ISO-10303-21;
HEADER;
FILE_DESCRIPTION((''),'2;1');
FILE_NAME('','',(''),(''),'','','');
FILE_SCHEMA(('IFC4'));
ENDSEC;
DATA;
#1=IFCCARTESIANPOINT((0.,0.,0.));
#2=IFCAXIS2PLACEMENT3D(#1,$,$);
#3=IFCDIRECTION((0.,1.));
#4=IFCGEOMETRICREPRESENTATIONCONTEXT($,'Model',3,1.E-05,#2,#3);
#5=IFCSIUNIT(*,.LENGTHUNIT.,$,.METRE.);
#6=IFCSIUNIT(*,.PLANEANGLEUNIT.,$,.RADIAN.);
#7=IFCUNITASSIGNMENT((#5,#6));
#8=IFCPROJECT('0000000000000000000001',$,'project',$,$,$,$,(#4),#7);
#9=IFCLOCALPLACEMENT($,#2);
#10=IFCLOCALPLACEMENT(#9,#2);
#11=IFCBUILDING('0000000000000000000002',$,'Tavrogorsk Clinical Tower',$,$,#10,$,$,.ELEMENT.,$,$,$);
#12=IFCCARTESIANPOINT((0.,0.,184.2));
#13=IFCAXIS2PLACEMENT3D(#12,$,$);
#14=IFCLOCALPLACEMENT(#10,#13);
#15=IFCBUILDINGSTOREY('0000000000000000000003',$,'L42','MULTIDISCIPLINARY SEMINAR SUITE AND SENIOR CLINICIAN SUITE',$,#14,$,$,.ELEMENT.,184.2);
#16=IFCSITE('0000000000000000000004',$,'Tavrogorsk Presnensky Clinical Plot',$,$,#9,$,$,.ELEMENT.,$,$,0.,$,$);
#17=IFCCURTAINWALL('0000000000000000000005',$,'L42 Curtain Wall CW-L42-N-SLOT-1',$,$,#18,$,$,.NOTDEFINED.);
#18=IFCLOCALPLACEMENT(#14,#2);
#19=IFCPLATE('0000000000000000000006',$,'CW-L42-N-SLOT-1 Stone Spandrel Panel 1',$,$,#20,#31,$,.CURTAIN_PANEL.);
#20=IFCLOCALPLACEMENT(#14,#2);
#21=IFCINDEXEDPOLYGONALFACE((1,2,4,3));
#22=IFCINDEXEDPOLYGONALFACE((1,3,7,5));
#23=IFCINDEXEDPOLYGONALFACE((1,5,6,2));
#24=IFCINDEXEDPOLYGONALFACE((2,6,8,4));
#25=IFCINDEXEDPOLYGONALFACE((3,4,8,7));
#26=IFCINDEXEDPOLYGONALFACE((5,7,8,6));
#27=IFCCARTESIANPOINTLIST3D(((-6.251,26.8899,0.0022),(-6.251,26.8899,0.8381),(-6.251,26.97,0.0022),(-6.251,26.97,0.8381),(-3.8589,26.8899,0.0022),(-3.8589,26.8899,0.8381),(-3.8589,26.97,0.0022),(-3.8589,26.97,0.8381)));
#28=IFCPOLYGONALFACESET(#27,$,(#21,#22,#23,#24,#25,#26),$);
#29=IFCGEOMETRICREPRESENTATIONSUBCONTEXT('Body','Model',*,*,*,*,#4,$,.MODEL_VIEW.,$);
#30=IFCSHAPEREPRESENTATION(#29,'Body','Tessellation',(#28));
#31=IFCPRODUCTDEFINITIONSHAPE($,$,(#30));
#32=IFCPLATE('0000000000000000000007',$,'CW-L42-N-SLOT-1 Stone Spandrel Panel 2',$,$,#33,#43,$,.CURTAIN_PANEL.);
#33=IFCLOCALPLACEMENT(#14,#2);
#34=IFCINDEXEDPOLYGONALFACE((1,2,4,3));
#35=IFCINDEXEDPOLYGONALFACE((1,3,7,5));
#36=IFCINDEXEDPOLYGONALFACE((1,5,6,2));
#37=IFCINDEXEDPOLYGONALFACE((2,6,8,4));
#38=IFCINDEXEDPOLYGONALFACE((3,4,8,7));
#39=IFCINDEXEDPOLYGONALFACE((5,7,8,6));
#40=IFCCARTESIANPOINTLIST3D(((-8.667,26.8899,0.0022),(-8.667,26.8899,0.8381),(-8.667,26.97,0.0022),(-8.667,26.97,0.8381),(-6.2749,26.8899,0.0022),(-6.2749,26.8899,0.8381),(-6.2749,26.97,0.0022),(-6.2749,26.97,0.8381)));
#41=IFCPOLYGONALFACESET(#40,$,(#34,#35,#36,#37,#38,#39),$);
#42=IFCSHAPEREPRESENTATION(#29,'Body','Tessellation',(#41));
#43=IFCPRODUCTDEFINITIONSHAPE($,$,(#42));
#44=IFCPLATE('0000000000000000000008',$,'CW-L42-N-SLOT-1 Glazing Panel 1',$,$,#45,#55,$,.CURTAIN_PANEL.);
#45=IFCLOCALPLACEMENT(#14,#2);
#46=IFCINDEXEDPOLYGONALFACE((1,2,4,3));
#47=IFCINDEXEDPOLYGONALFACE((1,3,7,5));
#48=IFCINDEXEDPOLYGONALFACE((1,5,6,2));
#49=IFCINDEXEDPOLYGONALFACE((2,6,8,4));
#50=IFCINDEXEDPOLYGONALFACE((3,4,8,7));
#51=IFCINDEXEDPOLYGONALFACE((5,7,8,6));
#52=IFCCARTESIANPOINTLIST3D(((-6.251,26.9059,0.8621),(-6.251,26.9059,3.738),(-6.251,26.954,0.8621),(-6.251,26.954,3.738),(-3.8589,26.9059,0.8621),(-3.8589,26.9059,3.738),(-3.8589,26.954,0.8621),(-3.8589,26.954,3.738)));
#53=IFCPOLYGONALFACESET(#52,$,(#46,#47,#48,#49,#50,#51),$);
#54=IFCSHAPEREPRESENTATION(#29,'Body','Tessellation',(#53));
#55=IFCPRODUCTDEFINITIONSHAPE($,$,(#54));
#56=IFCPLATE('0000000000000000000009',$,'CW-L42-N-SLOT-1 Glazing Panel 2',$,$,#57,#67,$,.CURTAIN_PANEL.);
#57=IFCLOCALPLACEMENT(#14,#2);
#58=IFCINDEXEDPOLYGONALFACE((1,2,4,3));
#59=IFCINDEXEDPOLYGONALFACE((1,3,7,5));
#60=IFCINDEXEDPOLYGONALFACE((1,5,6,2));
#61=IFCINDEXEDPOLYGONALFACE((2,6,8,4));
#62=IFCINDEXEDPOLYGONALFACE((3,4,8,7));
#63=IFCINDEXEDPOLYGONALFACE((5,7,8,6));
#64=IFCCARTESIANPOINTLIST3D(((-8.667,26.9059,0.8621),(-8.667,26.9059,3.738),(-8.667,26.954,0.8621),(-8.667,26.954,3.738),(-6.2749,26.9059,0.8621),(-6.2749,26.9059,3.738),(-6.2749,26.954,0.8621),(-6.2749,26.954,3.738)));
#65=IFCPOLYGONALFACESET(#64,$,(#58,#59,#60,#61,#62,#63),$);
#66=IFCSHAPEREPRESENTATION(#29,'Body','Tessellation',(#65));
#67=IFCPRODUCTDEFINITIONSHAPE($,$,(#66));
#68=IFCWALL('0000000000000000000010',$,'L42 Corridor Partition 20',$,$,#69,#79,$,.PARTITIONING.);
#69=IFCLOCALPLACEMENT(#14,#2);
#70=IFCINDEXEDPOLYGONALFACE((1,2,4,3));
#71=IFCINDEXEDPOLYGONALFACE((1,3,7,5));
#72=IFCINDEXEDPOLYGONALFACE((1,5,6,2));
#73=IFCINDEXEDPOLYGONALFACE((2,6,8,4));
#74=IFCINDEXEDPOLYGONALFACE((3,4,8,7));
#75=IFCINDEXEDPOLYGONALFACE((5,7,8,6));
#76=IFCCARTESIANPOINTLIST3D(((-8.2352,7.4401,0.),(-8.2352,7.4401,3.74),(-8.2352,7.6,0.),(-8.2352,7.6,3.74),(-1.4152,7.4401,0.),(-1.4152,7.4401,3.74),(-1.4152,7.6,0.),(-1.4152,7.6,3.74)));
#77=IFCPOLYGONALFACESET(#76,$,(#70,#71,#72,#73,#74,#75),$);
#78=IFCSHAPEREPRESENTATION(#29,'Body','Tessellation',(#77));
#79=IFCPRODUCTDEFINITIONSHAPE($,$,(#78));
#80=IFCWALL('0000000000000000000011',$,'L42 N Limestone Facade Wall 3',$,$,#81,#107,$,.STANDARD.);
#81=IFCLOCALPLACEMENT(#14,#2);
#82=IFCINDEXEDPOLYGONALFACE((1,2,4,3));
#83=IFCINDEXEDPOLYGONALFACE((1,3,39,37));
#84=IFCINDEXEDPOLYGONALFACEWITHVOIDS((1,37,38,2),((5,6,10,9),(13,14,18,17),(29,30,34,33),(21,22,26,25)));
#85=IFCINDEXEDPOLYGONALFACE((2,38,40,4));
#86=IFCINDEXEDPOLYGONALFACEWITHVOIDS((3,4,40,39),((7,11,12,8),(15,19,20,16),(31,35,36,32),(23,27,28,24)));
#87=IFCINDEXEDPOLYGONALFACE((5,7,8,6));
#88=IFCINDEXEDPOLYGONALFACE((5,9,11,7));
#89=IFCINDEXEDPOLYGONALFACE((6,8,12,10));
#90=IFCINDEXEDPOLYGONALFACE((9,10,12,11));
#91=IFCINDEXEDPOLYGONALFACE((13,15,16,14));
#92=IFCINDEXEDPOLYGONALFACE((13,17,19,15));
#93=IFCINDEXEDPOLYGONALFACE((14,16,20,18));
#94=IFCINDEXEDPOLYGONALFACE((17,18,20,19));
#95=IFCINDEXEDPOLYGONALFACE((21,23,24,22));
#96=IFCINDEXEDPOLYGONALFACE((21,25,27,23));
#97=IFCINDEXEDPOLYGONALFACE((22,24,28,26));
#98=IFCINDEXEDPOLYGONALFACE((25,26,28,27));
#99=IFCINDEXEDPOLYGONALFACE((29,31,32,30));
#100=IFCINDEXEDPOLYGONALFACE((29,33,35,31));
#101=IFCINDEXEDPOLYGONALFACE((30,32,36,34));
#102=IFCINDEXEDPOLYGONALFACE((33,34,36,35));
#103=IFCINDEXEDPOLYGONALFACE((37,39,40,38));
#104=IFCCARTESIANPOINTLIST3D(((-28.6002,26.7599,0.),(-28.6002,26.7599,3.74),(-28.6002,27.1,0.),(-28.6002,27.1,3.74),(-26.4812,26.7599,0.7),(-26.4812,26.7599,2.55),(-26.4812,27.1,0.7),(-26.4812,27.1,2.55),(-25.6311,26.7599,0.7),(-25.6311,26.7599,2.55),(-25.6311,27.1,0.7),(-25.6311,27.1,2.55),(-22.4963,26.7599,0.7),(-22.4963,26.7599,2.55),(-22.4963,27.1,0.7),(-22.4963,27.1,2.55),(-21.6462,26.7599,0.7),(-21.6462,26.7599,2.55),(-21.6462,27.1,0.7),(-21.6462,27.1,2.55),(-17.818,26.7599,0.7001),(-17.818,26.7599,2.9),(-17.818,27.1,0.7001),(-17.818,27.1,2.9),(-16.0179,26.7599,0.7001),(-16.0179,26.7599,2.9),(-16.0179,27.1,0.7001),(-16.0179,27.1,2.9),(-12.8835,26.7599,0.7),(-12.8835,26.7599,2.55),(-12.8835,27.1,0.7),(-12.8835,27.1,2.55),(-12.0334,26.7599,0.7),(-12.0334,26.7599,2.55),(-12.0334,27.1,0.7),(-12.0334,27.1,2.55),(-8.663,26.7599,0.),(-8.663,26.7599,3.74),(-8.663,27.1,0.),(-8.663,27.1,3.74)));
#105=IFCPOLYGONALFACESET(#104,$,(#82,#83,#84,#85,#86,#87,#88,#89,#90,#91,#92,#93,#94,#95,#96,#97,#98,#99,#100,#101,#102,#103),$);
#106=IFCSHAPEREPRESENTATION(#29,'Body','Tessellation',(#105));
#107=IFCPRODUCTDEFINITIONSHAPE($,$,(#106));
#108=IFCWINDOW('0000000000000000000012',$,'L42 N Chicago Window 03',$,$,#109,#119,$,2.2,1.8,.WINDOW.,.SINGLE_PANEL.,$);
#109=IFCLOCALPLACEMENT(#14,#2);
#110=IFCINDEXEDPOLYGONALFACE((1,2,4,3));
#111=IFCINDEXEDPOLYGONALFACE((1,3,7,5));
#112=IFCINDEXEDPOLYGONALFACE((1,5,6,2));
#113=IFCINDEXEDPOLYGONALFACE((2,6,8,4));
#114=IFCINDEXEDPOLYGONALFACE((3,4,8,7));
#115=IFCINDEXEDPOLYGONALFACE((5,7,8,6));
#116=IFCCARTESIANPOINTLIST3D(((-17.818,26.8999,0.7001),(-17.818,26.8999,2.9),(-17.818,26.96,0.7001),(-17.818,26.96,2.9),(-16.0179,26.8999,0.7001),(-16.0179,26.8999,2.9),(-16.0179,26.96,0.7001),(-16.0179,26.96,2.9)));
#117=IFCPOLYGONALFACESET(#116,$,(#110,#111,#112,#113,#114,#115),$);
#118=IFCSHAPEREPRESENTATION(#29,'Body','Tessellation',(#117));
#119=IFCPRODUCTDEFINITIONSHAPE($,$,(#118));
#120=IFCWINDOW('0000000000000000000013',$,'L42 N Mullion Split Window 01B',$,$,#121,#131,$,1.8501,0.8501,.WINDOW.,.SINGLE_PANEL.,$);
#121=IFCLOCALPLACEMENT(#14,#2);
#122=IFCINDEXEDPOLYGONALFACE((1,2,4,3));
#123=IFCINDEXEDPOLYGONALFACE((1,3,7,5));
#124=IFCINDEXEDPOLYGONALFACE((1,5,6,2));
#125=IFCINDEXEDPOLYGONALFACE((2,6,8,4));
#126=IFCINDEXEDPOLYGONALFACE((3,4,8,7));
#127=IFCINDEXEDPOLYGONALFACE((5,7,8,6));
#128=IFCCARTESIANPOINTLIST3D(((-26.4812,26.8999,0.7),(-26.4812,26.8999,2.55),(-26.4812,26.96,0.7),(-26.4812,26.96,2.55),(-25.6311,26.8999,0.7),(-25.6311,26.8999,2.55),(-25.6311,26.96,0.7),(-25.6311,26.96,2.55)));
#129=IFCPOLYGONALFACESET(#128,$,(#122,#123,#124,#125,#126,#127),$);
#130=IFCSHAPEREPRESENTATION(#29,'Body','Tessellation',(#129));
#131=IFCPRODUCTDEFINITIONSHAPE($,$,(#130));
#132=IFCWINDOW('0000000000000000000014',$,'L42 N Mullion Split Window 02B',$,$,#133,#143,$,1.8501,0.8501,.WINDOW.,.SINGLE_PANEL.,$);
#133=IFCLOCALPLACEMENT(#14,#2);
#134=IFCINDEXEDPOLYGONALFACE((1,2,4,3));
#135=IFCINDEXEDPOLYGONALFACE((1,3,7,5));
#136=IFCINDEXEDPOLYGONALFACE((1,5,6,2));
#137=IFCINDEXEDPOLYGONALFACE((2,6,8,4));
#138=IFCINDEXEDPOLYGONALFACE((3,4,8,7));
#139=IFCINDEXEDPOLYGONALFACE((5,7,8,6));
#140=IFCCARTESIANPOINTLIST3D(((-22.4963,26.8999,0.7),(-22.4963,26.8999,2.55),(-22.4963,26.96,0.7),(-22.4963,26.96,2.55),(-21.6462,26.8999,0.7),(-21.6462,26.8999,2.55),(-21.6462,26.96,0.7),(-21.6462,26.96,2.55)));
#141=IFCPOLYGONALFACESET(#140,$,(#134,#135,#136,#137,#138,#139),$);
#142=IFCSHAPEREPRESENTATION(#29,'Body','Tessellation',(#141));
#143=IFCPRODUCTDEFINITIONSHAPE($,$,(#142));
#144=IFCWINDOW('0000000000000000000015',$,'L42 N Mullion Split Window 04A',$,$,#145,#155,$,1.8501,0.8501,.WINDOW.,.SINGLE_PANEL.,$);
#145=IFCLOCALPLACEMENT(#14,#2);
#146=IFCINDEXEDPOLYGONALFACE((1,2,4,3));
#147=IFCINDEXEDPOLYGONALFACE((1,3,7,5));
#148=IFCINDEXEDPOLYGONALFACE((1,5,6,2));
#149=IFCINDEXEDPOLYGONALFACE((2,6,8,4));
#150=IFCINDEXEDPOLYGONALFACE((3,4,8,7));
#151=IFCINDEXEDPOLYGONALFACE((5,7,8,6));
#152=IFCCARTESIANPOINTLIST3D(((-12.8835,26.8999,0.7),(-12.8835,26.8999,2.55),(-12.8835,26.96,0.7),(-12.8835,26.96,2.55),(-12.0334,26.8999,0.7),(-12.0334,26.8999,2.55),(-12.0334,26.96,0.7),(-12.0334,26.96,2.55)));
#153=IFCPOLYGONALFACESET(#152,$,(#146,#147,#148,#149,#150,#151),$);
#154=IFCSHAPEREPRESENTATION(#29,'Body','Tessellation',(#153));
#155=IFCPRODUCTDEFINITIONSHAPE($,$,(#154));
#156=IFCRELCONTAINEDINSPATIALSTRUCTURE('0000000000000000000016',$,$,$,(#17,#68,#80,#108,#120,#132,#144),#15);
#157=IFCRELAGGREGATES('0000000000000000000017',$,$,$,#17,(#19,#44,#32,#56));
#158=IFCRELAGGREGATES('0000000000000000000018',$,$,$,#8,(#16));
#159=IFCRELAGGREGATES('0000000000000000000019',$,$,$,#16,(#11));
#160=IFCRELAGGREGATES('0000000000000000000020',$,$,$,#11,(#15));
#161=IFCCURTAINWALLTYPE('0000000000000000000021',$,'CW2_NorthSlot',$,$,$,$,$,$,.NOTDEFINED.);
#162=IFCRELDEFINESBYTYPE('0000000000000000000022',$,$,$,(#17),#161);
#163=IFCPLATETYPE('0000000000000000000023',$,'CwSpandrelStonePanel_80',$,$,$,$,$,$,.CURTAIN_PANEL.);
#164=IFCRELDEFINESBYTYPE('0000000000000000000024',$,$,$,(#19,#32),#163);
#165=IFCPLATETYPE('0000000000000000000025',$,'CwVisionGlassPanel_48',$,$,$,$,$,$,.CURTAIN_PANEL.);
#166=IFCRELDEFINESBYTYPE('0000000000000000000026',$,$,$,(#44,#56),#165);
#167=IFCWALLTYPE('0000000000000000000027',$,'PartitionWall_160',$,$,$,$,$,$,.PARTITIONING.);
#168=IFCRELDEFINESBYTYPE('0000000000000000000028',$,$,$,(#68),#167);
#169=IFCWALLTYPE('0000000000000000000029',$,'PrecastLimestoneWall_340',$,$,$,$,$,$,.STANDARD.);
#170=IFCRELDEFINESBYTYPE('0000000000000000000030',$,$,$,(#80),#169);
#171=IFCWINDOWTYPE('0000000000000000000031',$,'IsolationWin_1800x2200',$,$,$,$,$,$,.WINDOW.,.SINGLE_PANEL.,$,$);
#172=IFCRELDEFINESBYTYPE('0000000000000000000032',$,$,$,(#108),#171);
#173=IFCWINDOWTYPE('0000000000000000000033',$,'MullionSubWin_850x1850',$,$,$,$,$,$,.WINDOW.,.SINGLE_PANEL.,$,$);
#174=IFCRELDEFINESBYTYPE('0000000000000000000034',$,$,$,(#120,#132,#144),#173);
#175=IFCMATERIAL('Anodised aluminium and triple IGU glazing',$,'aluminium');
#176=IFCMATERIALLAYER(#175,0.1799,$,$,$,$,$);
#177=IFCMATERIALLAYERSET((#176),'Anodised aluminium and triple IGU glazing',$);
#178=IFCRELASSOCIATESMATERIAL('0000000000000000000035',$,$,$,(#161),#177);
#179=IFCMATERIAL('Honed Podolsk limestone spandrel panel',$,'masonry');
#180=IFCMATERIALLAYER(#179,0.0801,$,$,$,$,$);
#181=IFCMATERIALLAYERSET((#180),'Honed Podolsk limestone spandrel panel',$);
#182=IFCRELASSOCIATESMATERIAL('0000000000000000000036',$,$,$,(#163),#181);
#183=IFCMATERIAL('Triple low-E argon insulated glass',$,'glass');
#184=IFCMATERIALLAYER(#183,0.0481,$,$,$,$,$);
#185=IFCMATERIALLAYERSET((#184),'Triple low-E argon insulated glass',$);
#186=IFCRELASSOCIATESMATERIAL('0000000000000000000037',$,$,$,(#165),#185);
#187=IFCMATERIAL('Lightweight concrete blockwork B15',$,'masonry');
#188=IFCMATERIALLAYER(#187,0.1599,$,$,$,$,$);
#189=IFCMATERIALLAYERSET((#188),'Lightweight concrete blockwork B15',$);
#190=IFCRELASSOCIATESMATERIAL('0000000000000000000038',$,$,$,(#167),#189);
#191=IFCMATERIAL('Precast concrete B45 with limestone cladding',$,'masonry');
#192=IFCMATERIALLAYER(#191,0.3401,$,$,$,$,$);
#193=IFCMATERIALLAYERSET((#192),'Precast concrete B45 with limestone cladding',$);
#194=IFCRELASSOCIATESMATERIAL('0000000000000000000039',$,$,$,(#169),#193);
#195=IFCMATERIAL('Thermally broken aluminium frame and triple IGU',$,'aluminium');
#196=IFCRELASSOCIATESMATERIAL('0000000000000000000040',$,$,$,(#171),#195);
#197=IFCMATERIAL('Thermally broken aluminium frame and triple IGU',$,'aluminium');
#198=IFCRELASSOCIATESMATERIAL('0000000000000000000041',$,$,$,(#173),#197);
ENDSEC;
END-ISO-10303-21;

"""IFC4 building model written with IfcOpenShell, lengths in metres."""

from ifc_helpers import new_model, si_unit, direction, frame, frame_2d, origin, origin_2d, place, context, subcontext, project, spatial, rectangle, extrude, material, layer, layer_set, type_object, element, fill, aggregate, save


model = new_model("IFC4")

# Units and contexts
model_context = context("Model", 3, precision=1e-05, world=origin(), true_north=direction((0.0, 1.0)))
body_context = subcontext(model_context, "Body", "Model", "MODEL_VIEW")
ifc_project = project(units=[si_unit("LENGTHUNIT", "METRE"), si_unit("PLANEANGLEUNIT", "RADIAN")], contexts=[model_context])

# Site, building, storey
site_placement = place(None, origin())
site = spatial("IfcSite", under=ifc_project, at=site_placement, Name="Tavrogorsk Presnensky Clinical Plot", CompositionType="ELEMENT", RefElevation=0.0)
building_placement = place(site_placement, origin())
building = spatial("IfcBuilding", under=site, at=building_placement, Name="Tavrogorsk Clinical Tower", CompositionType="ELEMENT")
storey_placement = place(building_placement, frame((0.0, 0.0, 184.2)))
storey = spatial("IfcBuildingStorey", under=building, at=storey_placement, Name="L42", Description="MULTIDISCIPLINARY SEMINAR SUITE AND SENIOR CLINICIAN SUITE", CompositionType="ELEMENT", Elevation=184.2)

# Curtain wall
ifc_material_1 = material(Name="Anodised aluminium and triple IGU glazing", Category="aluminium")
ifc_layer_1 = layer(ifc_material_1, 0.1799)
ifc_layer_set_1 = layer_set([ifc_layer_1], Name="Anodised aluminium and triple IGU glazing")
curtain_wall_type = type_object("IfcCurtainWallType", Name="CW2_NorthSlot", PredefinedType="NOTDEFINED", material=ifc_layer_set_1)
curtain_wall_placement = place(storey_placement, origin())
curtain_wall = element("IfcCurtainWall", 1, at=curtain_wall_placement, inside=storey, type_object=curtain_wall_type, Name="L42 Curtain Wall CW-L42-N-SLOT-1", PredefinedType="NOTDEFINED")

# Plates
ifc_material_2 = material(Name="Honed Podolsk limestone spandrel panel", Category="masonry")
ifc_layer_2 = layer(ifc_material_2, 0.0801)
ifc_layer_set_2 = layer_set([ifc_layer_2], Name="Honed Podolsk limestone spandrel panel")
plate_type_1 = type_object("IfcPlateType", Name="CwSpandrelStonePanel_80", PredefinedType="CURTAIN_PANEL", material=ifc_layer_set_2)
plate_1_placement = place(storey_placement, frame((-5.0549, 26.9299, 0.0022), z_axis=(0.0, 0.0, 1.0), x_axis=(-1.0, 0.0, 0.0)))
plate_1 = element("IfcPlate", 2, at=plate_1_placement, type_object=plate_type_1, Name="CW-L42-N-SLOT-1 Stone Spandrel Panel 1", PredefinedType="CURTAIN_PANEL", context=body_context, shape_type="SweptSolid", body=[
    extrude(rectangle(XDim=2.3921, YDim=0.0801, at=origin_2d()), origin(), (0.0, 0.0, 1.0), 0.8359),
])
plate_2_placement = place(storey_placement, frame((-7.4709, 26.9299, 0.0022), z_axis=(0.0, 0.0, 1.0), x_axis=(-1.0, 0.0, 0.0)))
plate_2 = element("IfcPlate", 3, at=plate_2_placement, type_object=plate_type_1, Name="CW-L42-N-SLOT-1 Stone Spandrel Panel 2", PredefinedType="CURTAIN_PANEL", context=body_context, shape_type="SweptSolid", body=[
    extrude(rectangle(XDim=2.3921, YDim=0.0801, at=origin_2d()), origin(), (0.0, 0.0, 1.0), 0.8359),
])
ifc_material_3 = material(Name="Triple low-E argon insulated glass", Category="glass")
ifc_layer_3 = layer(ifc_material_3, 0.0481)
ifc_layer_set_3 = layer_set([ifc_layer_3], Name="Triple low-E argon insulated glass")
plate_type_2 = type_object("IfcPlateType", Name="CwVisionGlassPanel_48", PredefinedType="CURTAIN_PANEL", material=ifc_layer_set_3)
plate_3_placement = place(storey_placement, frame((-5.0549, 26.9299, 0.8621), z_axis=(0.0, 0.0, 1.0), x_axis=(-1.0, 0.0, 0.0)))
plate_3 = element("IfcPlate", 4, at=plate_3_placement, type_object=plate_type_2, Name="CW-L42-N-SLOT-1 Glazing Panel 1", PredefinedType="CURTAIN_PANEL", context=body_context, shape_type="SweptSolid", body=[
    extrude(rectangle(XDim=2.3921, YDim=0.0481, at=origin_2d()), origin(), (0.0, 0.0, 1.0), 2.876),
])
plate_4_placement = place(storey_placement, frame((-7.4709, 26.9299, 0.8621), z_axis=(0.0, 0.0, 1.0), x_axis=(-1.0, 0.0, 0.0)))
plate_4 = element("IfcPlate", 5, at=plate_4_placement, type_object=plate_type_2, Name="CW-L42-N-SLOT-1 Glazing Panel 2", PredefinedType="CURTAIN_PANEL", context=body_context, shape_type="SweptSolid", body=[
    extrude(rectangle(XDim=2.3921, YDim=0.0481, at=origin_2d()), origin(), (0.0, 0.0, 1.0), 2.876),
])
aggregate(curtain_wall, [plate_1, plate_3, plate_2, plate_4])

# Wall
ifc_material_4 = material(Name="Lightweight concrete blockwork B15", Category="masonry")
ifc_layer_4 = layer(ifc_material_4, 0.1599)
ifc_layer_set_4 = layer_set([ifc_layer_4], Name="Lightweight concrete blockwork B15")
wall_type_1 = type_object("IfcWallType", Name="PartitionWall_160", PredefinedType="PARTITIONING", material=ifc_layer_set_4)
wall_1_placement = place(storey_placement, frame((-1.415, 7.52, 0.0), z_axis=(0.0, 0.0, 1.0), x_axis=(-1.0, 0.0, 0.0)))
element("IfcWall", 6, at=wall_1_placement, inside=storey, type_object=wall_type_1, Name="L42 Corridor Partition 20", PredefinedType="PARTITIONING", context=body_context, shape_type="SweptSolid", body=[
    extrude(rectangle(XDim=6.8201, YDim=0.1599, at=frame_2d((3.4102, 0.0))), origin(), (0.0, 0.0, 1.0), 3.74),
])

# Wall, openings, windows
ifc_material_5 = material(Name="Precast concrete B45 with limestone cladding", Category="masonry")
ifc_layer_5 = layer(ifc_material_5, 0.3401)
ifc_layer_set_5 = layer_set([ifc_layer_5], Name="Precast concrete B45 with limestone cladding")
wall_type_2 = type_object("IfcWallType", Name="PrecastLimestoneWall_340", PredefinedType="STANDARD", material=ifc_layer_set_5)
wall_2_placement = place(storey_placement, frame((-8.6628, 26.9299, 0.0), z_axis=(0.0, 0.0, 1.0), x_axis=(-1.0, 0.0, 0.0)))
wall_2 = element("IfcWall", 7, at=wall_2_placement, inside=storey, type_object=wall_type_2, Name="L42 N Limestone Facade Wall 3", PredefinedType="STANDARD", context=body_context, shape_type="SweptSolid", body=[
    extrude(rectangle(XDim=19.9373, YDim=0.3401, at=frame_2d((9.9688, 0.0))), origin(), (0.0, 0.0, 1.0), 3.74),
])
opening_1_placement = place(wall_2_placement, frame((16.9683, 0.0, 0.7)))
opening_1 = element("IfcOpeningElement", 8, at=opening_1_placement, cuts=wall_2, PredefinedType="OPENING", context=body_context, shape_type="SweptSolid", body=[
    extrude(rectangle(XDim=0.8501, YDim=1.8501, at=frame_2d((0.425, 0.925))), frame((0.0, 0.1799, 0.0), z_axis=(0.0, -1.0, 0.0), x_axis=(1.0, 0.0, 0.0)), (0.0, 0.0, 1.0), 0.3601),
])
opening_2_placement = place(wall_2_placement, frame((12.9834, 0.0, 0.7)))
opening_2 = element("IfcOpeningElement", 9, at=opening_2_placement, cuts=wall_2, PredefinedType="OPENING", context=body_context, shape_type="SweptSolid", body=[
    extrude(rectangle(XDim=0.8501, YDim=1.8501, at=frame_2d((0.425, 0.925))), frame((0.0, 0.1799, 0.0), z_axis=(0.0, -1.0, 0.0), x_axis=(1.0, 0.0, 0.0)), (0.0, 0.0, 1.0), 0.3601),
])
opening_3_placement = place(wall_2_placement, frame((7.3552, 0.0, 0.7)))
opening_3 = element("IfcOpeningElement", 10, at=opening_3_placement, cuts=wall_2, PredefinedType="OPENING", context=body_context, shape_type="SweptSolid", body=[
    extrude(rectangle(XDim=1.8, YDim=2.2, at=frame_2d((0.8999, 1.1001))), frame((0.0, 0.1799, 0.0), z_axis=(0.0, -1.0, 0.0), x_axis=(1.0, 0.0, 0.0)), (0.0, 0.0, 1.0), 0.3601),
])
opening_4_placement = place(wall_2_placement, frame((3.3706, 0.0, 0.7)))
opening_4 = element("IfcOpeningElement", 11, at=opening_4_placement, cuts=wall_2, PredefinedType="OPENING", context=body_context, shape_type="SweptSolid", body=[
    extrude(rectangle(XDim=0.8501, YDim=1.8501, at=frame_2d((0.425, 0.925))), frame((0.0, 0.1799, 0.0), z_axis=(0.0, -1.0, 0.0), x_axis=(1.0, 0.0, 0.0)), (0.0, 0.0, 1.0), 0.3601),
])
ifc_material_6 = material(Name="Thermally broken aluminium frame and triple IGU", Category="aluminium")
window_type_1 = type_object("IfcWindowType", Name="IsolationWin_1800x2200", PartitioningType="SINGLE_PANEL", PredefinedType="WINDOW", material=ifc_material_6)
window_1_placement = place(opening_3_placement, origin())
window_1 = element("IfcWindow", 12, at=window_1_placement, inside=storey, type_object=window_type_1, Name="L42 N Chicago Window 03", OverallHeight=2.2, OverallWidth=1.8, PartitioningType="SINGLE_PANEL", PredefinedType="WINDOW", context=body_context, shape_type="SweptSolid", body=[
    extrude(rectangle(XDim=1.8, YDim=2.2, at=frame_2d((0.8999, 1.1001))), frame((0.0, 0.03, 0.0), z_axis=(0.0, -1.0, 0.0), x_axis=(1.0, 0.0, 0.0)), (0.0, 0.0, 1.0), 0.0601),
])
fill(opening_3, window_1)
ifc_material_7 = material(Name="Thermally broken aluminium frame and triple IGU", Category="aluminium")
window_type_2 = type_object("IfcWindowType", Name="MullionSubWin_850x1850", PartitioningType="SINGLE_PANEL", PredefinedType="WINDOW", material=ifc_material_7)
window_2_placement = place(opening_1_placement, origin())
window_2 = element("IfcWindow", 13, at=window_2_placement, inside=storey, type_object=window_type_2, Name="L42 N Mullion Split Window 01B", OverallHeight=1.8501, OverallWidth=0.8501, PartitioningType="SINGLE_PANEL", PredefinedType="WINDOW", context=body_context, shape_type="SweptSolid", body=[
    extrude(rectangle(XDim=0.8501, YDim=1.8501, at=frame_2d((0.425, 0.925))), frame((0.0, 0.03, 0.0), z_axis=(0.0, -1.0, 0.0), x_axis=(1.0, 0.0, 0.0)), (0.0, 0.0, 1.0), 0.0601),
])
fill(opening_1, window_2)
window_3_placement = place(opening_2_placement, origin())
window_3 = element("IfcWindow", 14, at=window_3_placement, inside=storey, type_object=window_type_2, Name="L42 N Mullion Split Window 02B", OverallHeight=1.8501, OverallWidth=0.8501, PartitioningType="SINGLE_PANEL", PredefinedType="WINDOW", context=body_context, shape_type="SweptSolid", body=[
    extrude(rectangle(XDim=0.8501, YDim=1.8501, at=frame_2d((0.425, 0.925))), frame((0.0, 0.03, 0.0), z_axis=(0.0, -1.0, 0.0), x_axis=(1.0, 0.0, 0.0)), (0.0, 0.0, 1.0), 0.0601),
])
fill(opening_2, window_3)
window_4_placement = place(opening_4_placement, origin())
window_4 = element("IfcWindow", 15, at=window_4_placement, inside=storey, type_object=window_type_2, Name="L42 N Mullion Split Window 04A", OverallHeight=1.8501, OverallWidth=0.8501, PartitioningType="SINGLE_PANEL", PredefinedType="WINDOW", context=body_context, shape_type="SweptSolid", body=[
    extrude(rectangle(XDim=0.8501, YDim=1.8501, at=frame_2d((0.425, 0.925))), frame((0.0, 0.03, 0.0), z_axis=(0.0, -1.0, 0.0), x_axis=(1.0, 0.0, 0.0)), (0.0, 0.0, 1.0), 0.0601),
])
fill(opening_4, window_4)

save(model, "model.ifc")
